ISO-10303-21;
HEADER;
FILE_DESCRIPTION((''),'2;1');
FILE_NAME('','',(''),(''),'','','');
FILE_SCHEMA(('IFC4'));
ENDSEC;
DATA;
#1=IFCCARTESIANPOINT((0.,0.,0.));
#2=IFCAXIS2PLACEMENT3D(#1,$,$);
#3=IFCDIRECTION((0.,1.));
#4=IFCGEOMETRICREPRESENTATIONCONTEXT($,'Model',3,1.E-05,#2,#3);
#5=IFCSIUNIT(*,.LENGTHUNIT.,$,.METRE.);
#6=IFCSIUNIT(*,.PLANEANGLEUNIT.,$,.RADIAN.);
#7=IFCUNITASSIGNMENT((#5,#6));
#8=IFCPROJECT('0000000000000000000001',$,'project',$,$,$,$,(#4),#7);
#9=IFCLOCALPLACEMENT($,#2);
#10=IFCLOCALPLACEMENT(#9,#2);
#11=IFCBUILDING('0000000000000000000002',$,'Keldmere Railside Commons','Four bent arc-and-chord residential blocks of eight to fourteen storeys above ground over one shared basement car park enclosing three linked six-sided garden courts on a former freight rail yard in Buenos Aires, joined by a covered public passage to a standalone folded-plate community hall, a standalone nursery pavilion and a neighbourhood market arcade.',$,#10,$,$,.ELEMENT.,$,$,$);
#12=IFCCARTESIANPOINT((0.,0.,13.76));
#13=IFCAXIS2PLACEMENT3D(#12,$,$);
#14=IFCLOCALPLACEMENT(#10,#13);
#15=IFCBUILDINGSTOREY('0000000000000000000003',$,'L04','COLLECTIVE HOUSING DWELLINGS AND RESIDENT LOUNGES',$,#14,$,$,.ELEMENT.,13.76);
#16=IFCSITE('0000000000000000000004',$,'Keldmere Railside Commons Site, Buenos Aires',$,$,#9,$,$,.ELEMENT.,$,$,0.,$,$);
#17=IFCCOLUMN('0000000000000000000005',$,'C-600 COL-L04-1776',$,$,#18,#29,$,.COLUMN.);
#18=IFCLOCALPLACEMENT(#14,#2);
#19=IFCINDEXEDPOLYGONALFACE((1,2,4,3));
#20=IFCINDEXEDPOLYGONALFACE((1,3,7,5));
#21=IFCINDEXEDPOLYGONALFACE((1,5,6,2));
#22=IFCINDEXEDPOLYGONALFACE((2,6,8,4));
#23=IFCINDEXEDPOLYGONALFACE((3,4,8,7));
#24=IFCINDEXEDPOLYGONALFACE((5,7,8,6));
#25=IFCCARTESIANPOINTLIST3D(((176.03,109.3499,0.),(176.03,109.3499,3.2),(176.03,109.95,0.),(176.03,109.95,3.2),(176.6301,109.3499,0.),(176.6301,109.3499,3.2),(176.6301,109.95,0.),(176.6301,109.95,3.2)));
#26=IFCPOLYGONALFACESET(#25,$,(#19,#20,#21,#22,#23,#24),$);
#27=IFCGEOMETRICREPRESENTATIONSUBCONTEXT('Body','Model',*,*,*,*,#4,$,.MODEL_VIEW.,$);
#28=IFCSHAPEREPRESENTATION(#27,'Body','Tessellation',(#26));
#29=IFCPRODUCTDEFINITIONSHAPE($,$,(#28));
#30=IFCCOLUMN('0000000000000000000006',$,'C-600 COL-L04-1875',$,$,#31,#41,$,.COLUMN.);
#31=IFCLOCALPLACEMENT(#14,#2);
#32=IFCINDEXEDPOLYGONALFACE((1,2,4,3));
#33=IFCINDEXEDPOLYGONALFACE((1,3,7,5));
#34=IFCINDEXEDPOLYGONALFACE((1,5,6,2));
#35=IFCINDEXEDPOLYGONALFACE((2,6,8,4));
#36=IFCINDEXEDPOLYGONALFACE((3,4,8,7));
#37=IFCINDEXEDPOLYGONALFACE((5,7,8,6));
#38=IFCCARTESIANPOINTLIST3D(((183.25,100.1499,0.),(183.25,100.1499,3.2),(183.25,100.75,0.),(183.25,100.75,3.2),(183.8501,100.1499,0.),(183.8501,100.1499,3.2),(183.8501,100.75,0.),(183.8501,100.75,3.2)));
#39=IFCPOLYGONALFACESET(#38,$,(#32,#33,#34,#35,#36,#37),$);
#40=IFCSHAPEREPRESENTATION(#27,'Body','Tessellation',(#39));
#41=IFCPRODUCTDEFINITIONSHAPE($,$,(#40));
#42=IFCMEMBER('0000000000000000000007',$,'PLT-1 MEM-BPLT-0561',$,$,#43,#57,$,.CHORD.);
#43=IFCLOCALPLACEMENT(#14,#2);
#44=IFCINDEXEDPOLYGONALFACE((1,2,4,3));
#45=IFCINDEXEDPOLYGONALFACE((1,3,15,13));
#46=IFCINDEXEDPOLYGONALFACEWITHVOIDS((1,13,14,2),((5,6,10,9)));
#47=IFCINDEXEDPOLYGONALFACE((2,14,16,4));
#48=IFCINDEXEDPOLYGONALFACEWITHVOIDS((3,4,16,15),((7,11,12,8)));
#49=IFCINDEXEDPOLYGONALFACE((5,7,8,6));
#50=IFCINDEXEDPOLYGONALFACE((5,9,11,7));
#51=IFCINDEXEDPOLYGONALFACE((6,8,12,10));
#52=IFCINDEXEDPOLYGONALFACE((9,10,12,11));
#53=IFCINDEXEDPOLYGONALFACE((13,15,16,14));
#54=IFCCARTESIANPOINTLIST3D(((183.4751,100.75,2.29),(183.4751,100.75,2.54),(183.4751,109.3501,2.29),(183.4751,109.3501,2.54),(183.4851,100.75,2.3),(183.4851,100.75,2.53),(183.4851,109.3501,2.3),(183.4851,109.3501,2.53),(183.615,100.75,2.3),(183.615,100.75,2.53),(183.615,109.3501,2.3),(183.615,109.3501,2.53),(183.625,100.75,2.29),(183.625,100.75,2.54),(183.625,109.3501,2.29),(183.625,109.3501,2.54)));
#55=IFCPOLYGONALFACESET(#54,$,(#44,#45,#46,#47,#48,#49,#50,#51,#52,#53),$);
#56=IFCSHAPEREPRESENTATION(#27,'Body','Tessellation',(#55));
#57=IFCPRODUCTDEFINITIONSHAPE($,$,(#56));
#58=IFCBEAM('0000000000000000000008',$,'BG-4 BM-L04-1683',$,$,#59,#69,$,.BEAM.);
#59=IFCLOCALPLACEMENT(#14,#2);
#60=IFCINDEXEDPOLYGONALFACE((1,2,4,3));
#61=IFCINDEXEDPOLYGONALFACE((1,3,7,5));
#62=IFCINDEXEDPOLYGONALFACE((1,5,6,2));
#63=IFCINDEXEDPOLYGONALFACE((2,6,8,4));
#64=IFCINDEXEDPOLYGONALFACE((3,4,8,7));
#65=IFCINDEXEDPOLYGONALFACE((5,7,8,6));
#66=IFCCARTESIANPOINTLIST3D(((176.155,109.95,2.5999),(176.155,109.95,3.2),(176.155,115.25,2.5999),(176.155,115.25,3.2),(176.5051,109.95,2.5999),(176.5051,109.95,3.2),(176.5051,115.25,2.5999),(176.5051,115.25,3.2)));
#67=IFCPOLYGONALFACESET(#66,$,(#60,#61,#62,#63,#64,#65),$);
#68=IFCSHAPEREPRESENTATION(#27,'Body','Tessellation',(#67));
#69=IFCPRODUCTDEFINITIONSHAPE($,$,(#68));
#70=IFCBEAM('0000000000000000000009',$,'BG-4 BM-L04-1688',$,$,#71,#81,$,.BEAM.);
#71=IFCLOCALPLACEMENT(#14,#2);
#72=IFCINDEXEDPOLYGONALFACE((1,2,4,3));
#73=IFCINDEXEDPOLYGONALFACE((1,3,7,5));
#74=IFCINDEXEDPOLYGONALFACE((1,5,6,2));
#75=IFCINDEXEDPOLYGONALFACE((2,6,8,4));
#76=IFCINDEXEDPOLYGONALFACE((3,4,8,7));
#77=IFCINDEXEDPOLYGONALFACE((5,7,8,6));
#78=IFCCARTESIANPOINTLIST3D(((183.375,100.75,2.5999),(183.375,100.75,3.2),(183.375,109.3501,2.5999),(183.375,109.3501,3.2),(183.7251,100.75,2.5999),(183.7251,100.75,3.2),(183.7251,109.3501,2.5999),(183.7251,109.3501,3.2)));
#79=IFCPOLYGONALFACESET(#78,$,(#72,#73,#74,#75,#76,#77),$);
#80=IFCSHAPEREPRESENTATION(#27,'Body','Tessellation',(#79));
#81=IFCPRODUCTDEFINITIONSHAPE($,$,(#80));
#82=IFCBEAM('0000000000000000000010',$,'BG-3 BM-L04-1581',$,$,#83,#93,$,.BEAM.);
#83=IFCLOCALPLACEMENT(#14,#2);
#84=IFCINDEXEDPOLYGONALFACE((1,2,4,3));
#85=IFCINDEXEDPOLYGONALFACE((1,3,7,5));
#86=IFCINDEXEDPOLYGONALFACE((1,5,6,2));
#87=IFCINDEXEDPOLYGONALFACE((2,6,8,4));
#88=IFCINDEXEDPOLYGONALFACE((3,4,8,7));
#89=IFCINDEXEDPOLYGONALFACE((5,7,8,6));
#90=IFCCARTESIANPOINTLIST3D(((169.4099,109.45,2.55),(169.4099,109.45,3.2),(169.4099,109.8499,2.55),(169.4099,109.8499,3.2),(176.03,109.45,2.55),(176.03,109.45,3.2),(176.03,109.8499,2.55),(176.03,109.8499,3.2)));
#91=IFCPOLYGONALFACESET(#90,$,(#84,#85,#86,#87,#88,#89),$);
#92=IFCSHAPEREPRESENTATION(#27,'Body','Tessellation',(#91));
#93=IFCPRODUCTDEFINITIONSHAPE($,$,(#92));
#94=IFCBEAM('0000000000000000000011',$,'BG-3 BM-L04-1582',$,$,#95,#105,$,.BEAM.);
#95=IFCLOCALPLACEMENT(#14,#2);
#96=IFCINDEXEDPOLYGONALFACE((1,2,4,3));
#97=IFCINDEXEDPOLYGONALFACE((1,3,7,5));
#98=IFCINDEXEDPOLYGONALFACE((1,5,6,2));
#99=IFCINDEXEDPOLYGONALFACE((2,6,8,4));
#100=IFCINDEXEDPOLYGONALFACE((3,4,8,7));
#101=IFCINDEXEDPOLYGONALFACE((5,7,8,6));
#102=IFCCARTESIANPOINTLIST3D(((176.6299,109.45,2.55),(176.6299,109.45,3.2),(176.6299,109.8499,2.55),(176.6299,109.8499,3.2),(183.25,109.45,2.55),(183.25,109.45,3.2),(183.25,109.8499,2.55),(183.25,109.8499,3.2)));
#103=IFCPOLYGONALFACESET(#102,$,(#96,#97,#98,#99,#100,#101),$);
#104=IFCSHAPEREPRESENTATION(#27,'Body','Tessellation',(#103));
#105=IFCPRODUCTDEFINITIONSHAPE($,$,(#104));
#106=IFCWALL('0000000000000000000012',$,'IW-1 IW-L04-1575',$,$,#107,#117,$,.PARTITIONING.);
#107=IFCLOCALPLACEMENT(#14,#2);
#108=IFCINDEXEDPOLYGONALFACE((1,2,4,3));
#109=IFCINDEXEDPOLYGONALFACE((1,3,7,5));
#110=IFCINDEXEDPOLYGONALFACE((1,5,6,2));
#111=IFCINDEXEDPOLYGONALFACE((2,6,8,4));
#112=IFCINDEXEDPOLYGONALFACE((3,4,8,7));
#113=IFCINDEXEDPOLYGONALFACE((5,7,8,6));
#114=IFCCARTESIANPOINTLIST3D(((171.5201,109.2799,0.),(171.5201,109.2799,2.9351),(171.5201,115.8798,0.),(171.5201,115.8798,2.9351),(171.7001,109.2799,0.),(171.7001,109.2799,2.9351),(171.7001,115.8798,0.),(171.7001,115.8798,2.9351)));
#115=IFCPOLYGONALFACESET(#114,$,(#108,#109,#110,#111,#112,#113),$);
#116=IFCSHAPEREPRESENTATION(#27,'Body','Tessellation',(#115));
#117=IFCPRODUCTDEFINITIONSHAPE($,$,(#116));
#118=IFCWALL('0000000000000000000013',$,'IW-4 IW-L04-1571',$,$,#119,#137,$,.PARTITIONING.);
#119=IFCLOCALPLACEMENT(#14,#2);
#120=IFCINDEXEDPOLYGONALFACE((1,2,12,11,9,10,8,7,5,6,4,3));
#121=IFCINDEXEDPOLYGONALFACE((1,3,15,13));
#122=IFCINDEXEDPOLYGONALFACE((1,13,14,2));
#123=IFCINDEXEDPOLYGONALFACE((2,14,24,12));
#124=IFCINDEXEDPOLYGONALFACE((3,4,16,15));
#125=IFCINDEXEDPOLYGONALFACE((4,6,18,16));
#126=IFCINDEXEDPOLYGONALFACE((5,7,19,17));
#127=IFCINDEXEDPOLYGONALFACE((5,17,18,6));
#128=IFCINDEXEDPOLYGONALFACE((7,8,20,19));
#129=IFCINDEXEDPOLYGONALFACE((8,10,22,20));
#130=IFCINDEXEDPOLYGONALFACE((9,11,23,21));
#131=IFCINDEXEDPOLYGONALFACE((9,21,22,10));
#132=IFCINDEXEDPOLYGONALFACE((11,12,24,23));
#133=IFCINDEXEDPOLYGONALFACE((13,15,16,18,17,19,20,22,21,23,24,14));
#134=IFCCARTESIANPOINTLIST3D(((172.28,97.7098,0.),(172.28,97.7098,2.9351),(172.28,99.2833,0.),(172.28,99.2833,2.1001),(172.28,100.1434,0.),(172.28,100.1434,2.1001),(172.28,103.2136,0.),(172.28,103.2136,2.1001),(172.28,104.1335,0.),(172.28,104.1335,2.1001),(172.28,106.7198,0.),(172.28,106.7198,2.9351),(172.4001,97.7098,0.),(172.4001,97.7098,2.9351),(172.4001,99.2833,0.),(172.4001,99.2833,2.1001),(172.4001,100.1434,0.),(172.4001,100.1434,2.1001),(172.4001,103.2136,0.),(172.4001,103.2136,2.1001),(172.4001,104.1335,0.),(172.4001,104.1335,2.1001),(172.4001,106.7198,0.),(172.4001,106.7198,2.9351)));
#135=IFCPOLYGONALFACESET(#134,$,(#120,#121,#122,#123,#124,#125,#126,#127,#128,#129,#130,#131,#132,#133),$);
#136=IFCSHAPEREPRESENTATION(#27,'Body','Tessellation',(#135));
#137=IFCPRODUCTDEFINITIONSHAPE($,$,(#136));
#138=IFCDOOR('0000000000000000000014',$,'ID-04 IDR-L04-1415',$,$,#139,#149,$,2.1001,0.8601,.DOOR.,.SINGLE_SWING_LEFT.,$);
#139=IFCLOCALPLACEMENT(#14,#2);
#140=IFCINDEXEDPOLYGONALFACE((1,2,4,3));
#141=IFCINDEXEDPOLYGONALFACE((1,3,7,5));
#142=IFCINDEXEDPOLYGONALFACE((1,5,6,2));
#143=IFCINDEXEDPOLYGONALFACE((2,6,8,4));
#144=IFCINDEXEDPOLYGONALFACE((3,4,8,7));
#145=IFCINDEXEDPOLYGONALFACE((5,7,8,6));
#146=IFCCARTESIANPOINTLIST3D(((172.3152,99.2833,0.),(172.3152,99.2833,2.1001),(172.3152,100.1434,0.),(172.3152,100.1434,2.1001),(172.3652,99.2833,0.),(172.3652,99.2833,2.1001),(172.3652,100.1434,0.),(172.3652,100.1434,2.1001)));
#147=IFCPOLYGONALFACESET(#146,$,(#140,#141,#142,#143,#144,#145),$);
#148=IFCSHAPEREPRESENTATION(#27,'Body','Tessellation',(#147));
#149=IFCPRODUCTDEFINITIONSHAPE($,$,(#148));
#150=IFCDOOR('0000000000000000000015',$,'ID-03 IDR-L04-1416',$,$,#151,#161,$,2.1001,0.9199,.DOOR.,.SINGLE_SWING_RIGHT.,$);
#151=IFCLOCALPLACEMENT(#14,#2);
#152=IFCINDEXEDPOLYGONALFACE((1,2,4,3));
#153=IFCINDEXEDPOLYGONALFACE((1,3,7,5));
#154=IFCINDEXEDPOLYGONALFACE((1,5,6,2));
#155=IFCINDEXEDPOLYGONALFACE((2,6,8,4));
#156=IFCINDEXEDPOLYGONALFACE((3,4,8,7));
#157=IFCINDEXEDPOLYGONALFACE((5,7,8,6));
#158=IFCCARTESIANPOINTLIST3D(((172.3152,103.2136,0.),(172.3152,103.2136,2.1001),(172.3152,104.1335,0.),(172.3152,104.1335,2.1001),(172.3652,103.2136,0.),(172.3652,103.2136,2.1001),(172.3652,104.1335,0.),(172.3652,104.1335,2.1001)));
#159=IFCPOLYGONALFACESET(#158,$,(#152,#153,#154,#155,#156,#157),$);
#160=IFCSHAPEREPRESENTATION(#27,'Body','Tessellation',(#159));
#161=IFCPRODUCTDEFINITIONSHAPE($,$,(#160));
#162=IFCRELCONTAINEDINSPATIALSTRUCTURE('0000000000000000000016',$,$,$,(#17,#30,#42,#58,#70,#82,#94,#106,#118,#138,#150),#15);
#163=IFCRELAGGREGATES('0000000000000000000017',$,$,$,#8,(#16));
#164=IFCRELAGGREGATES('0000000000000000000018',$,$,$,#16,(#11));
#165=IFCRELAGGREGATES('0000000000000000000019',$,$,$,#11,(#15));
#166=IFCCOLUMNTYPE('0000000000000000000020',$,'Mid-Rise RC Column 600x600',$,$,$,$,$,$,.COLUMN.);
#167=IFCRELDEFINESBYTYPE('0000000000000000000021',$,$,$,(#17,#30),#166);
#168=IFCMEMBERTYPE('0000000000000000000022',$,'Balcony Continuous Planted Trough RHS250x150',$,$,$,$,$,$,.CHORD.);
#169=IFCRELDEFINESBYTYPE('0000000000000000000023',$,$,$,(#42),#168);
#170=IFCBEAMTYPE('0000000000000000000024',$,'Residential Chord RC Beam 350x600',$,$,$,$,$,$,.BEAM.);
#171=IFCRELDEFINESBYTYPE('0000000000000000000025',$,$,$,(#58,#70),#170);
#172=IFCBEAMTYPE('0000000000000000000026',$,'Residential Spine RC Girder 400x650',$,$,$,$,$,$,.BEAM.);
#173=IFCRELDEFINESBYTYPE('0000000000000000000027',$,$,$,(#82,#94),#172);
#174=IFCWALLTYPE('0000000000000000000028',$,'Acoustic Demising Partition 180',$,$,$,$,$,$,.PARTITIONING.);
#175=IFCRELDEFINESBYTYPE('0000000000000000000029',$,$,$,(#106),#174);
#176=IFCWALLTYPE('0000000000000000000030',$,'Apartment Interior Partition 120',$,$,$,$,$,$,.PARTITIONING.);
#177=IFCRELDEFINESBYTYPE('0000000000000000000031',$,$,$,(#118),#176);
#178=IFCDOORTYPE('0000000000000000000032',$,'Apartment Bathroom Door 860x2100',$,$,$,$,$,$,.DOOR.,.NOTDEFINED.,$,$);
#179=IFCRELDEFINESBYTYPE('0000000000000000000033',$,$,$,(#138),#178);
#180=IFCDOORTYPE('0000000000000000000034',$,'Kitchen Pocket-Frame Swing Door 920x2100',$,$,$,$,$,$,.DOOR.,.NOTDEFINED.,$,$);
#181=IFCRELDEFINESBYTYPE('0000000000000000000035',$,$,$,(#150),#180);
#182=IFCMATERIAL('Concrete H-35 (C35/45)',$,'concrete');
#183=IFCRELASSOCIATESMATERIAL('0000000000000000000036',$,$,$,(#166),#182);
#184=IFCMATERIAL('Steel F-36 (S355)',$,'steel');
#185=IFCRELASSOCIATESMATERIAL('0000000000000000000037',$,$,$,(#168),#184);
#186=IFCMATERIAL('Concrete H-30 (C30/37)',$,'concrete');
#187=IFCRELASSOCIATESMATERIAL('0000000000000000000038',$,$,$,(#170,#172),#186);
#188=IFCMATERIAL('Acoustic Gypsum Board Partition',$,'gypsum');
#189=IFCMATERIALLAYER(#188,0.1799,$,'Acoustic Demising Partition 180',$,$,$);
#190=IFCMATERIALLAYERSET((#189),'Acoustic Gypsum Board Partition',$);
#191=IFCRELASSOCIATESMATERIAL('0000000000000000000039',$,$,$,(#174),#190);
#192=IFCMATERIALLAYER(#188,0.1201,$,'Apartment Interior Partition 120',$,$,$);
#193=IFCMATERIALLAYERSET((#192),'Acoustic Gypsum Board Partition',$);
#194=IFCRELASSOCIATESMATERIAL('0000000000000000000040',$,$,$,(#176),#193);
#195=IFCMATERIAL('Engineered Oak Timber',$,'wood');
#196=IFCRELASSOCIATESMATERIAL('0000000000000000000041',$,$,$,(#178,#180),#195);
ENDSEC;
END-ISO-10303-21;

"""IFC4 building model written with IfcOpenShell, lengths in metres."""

from ifc_helpers import new_model, si_unit, direction, frame, frame_2d, origin, origin_2d, place, context, subcontext, project, spatial, rectangle, hollow_rectangle, extrude, material, layer, layer_set, material_profile, profile_set, type_object, element, fill, save


model = new_model("IFC4")

# Units and contexts
model_context = context("Model", 3, precision=1e-05, world=origin(), true_north=direction((0.0, 1.0)))
body_context = subcontext(model_context, "Body", "Model", "MODEL_VIEW")
ifc_project = project(units=[si_unit("LENGTHUNIT", "METRE"), si_unit("PLANEANGLEUNIT", "RADIAN")], contexts=[model_context])

# Site, building, storey
site_placement = place(None, origin())
site = spatial("IfcSite", under=ifc_project, at=site_placement, Name="Keldmere Railside Commons Site, Buenos Aires", CompositionType="ELEMENT", RefElevation=0.0)
building_placement = place(site_placement, origin())
building = spatial("IfcBuilding", under=site, at=building_placement, Name="Keldmere Railside Commons", Description="Four bent arc-and-chord residential blocks of eight to fourteen storeys above ground over one shared basement car park enclosing three linked six-sided garden courts on a former freight rail yard in Buenos Aires, joined by a covered public passage to a standalone folded-plate community hall, a standalone nursery pavilion and a neighbourhood market arcade.", CompositionType="ELEMENT")
storey_placement = place(building_placement, frame((0.0, 0.0, 13.76)))
storey = spatial("IfcBuildingStorey", under=building, at=storey_placement, Name="L04", Description="COLLECTIVE HOUSING DWELLINGS AND RESIDENT LOUNGES", CompositionType="ELEMENT", Elevation=13.76)

# Columns
ifc_material_1 = material(Name="Concrete H-35 (C35/45)", Category="concrete")
ifc_material_profile_1 = material_profile(ifc_material_1, rectangle(XDim=0.6001, YDim=0.6001, at=origin_2d()), Name="RC-600x600")
ifc_profile_set_1 = profile_set([ifc_material_profile_1], Name="Concrete H-35 (C35/45)")
column_type = type_object("IfcColumnType", Name="Mid-Rise RC Column 600x600", PredefinedType="COLUMN", material=ifc_profile_set_1)
for number, where, z_axis, x_axis, name in (
    (1, (176.3301, 109.6499, 0.0), (0.0, 0.0, 1.0), (1.0, 0.0, 0.0), "C-600 COL-L04-1776"),
    (2, (183.55, 100.45, 0.0), (0.0, 0.0, 1.0), (1.0, 0.0, 0.0), "C-600 COL-L04-1875"),
):
    element("IfcColumn", number, at=place(storey_placement, frame(where, z_axis=z_axis, x_axis=x_axis)), inside=storey, type_object=column_type, Name=name, PredefinedType="COLUMN", context=body_context, shape_type="SweptSolid", body=[
        extrude(rectangle(XDim=0.6001, YDim=0.6001, at=origin_2d()), origin(), (0.0, 0.0, 1.0), 3.2),
    ])

# Member
ifc_material_2 = material(Name="Steel F-36 (S355)", Category="steel")
ifc_material_profile_2 = material_profile(ifc_material_2, hollow_rectangle(XDim=0.1499, YDim=0.25, WallThickness=0.01, at=origin_2d()), Name="RHS-250x150x10")
ifc_profile_set_2 = profile_set([ifc_material_profile_2], Name="Steel F-36 (S355)")
member_type = type_object("IfcMemberType", Name="Balcony Continuous Planted Trough RHS250x150", PredefinedType="CHORD", material=ifc_profile_set_2)
member_placement = place(storey_placement, frame((183.55, 100.75, 2.415), z_axis=(0.0, 1.0, 0.0), x_axis=(-1.0, 0.0, 0.0)))
element("IfcMember", 3, at=member_placement, inside=storey, type_object=member_type, Name="PLT-1 MEM-BPLT-0561", PredefinedType="CHORD", context=body_context, shape_type="SweptSolid", body=[
    extrude(hollow_rectangle(XDim=0.1499, YDim=0.25, WallThickness=0.01, at=origin_2d()), origin(), (0.0, 0.0, 1.0), 8.6001),
])

# Beams
ifc_material_3 = material(Name="Concrete H-30 (C30/37)", Category="concrete")
ifc_material_profile_3 = material_profile(ifc_material_3, rectangle(XDim=0.3501, YDim=0.6001, at=origin_2d()), Name="RC-350x600")
ifc_profile_set_3 = profile_set([ifc_material_profile_3], Name="Concrete H-30 (C30/37)")
beam_type_1 = type_object("IfcBeamType", Name="Residential Chord RC Beam 350x600", PredefinedType="BEAM", material=ifc_profile_set_3)
beam_1_placement = place(storey_placement, frame((176.3301, 109.95, 2.8999), z_axis=(0.0, 1.0, 0.0), x_axis=(-1.0, 0.0, 0.0)))
element("IfcBeam", 4, at=beam_1_placement, inside=storey, type_object=beam_type_1, Name="BG-4 BM-L04-1683", PredefinedType="BEAM", context=body_context, shape_type="SweptSolid", body=[
    extrude(rectangle(XDim=0.3501, YDim=0.6001, at=origin_2d()), origin(), (0.0, 0.0, 1.0), 5.3),
])
beam_2_placement = place(storey_placement, frame((183.55, 100.75, 2.8999), z_axis=(0.0, 1.0, 0.0), x_axis=(-1.0, 0.0, 0.0)))
element("IfcBeam", 5, at=beam_2_placement, inside=storey, type_object=beam_type_1, Name="BG-4 BM-L04-1688", PredefinedType="BEAM", context=body_context, shape_type="SweptSolid", body=[
    extrude(rectangle(XDim=0.3501, YDim=0.6001, at=origin_2d()), origin(), (0.0, 0.0, 1.0), 8.6001),
])
ifc_material_profile_4 = material_profile(ifc_material_3, rectangle(XDim=0.3999, YDim=0.6499, at=origin_2d()), Name="RC-400x650")
ifc_profile_set_4 = profile_set([ifc_material_profile_4], Name="Concrete H-30 (C30/37)")
beam_type_2 = type_object("IfcBeamType", Name="Residential Spine RC Girder 400x650", PredefinedType="BEAM", material=ifc_profile_set_4)
for number, where, z_axis, x_axis, name in (
    (6, (169.4099, 109.6499, 2.875), (1.0, 0.0, 0.0), (0.0, 1.0, 0.0), "BG-3 BM-L04-1581"),
    (7, (176.6299, 109.6499, 2.875), (1.0, 0.0, 0.0), (0.0, 1.0, 0.0), "BG-3 BM-L04-1582"),
):
    element("IfcBeam", number, at=place(storey_placement, frame(where, z_axis=z_axis, x_axis=x_axis)), inside=storey, type_object=beam_type_2, Name=name, PredefinedType="BEAM", context=body_context, shape_type="SweptSolid", body=[
        extrude(rectangle(XDim=0.3999, YDim=0.6499, at=origin_2d()), origin(), (0.0, 0.0, 1.0), 6.6201),
    ])

# Wall
ifc_material_4 = material(Name="Acoustic Gypsum Board Partition", Category="gypsum")
ifc_layer_1 = layer(ifc_material_4, 0.1799, Name="Acoustic Demising Partition 180")
ifc_layer_set_1 = layer_set([ifc_layer_1], Name="Acoustic Gypsum Board Partition")
wall_type_1 = type_object("IfcWallType", Name="Acoustic Demising Partition 180", PredefinedType="PARTITIONING", material=ifc_layer_set_1)
wall_1_placement = place(storey_placement, frame((171.6101, 109.28, 0.0), z_axis=(0.0, 0.0, 1.0), x_axis=(0.0, 1.0, 0.0)))
element("IfcWall", 8, at=wall_1_placement, inside=storey, type_object=wall_type_1, Name="IW-1 IW-L04-1575", PredefinedType="PARTITIONING", context=body_context, shape_type="SweptSolid", body=[
    extrude(rectangle(XDim=6.5999, YDim=0.1799, at=frame_2d((3.2998, 0.0))), origin(), (0.0, 0.0, 1.0), 2.9351),
])

# Wall, openings, doors
ifc_layer_2 = layer(ifc_material_4, 0.1201, Name="Apartment Interior Partition 120")
ifc_layer_set_2 = layer_set([ifc_layer_2], Name="Acoustic Gypsum Board Partition")
wall_type_2 = type_object("IfcWallType", Name="Apartment Interior Partition 120", PredefinedType="PARTITIONING", material=ifc_layer_set_2)
wall_2_placement = place(storey_placement, frame((172.3401, 97.71, 0.0), z_axis=(0.0, 0.0, 1.0), x_axis=(0.0, 1.0, 0.0)))
wall_2 = element("IfcWall", 9, at=wall_2_placement, inside=storey, type_object=wall_type_2, Name="IW-4 IW-L04-1571", PredefinedType="PARTITIONING", context=body_context, shape_type="SweptSolid", body=[
    extrude(rectangle(XDim=9.01, YDim=0.1201, at=frame_2d((4.5049, 0.0))), origin(), (0.0, 0.0, 1.0), 2.9351),
])
opening_1_placement = place(wall_2_placement, frame((1.5732, 0.0, 0.0)))
opening_1 = element("IfcOpeningElement", 10, at=opening_1_placement, cuts=wall_2, PredefinedType="OPENING", context=body_context, shape_type="SweptSolid", body=[
    extrude(rectangle(XDim=0.8601, YDim=2.1001, at=frame_2d((0.4302, 1.05))), frame((0.0, 0.0701, 0.0), z_axis=(0.0, -1.0, 0.0), x_axis=(1.0, 0.0, 0.0)), (0.0, 0.0, 1.0), 0.1401),
])
opening_2_placement = place(wall_2_placement, frame((5.5037, 0.0, 0.0)))
opening_2 = element("IfcOpeningElement", 11, at=opening_2_placement, cuts=wall_2, PredefinedType="OPENING", context=body_context, shape_type="SweptSolid", body=[
    extrude(rectangle(XDim=0.9199, YDim=2.1001, at=frame_2d((0.46, 1.05))), frame((0.0, 0.0701, 0.0), z_axis=(0.0, -1.0, 0.0), x_axis=(1.0, 0.0, 0.0)), (0.0, 0.0, 1.0), 0.1401),
])
ifc_material_5 = material(Name="Engineered Oak Timber", Category="wood")
door_type_1 = type_object("IfcDoorType", Name="Apartment Bathroom Door 860x2100", OperationType="NOTDEFINED", PredefinedType="DOOR", material=ifc_material_5)
door_1_placement = place(opening_1_placement, origin())
door_1 = element("IfcDoor", 12, at=door_1_placement, inside=storey, type_object=door_type_1, Name="ID-04 IDR-L04-1415", OperationType="SINGLE_SWING_LEFT", OverallHeight=2.1001, OverallWidth=0.8601, PredefinedType="DOOR", context=body_context, shape_type="SweptSolid", body=[
    extrude(rectangle(XDim=0.8601, YDim=2.1001, at=frame_2d((0.4302, 1.05))), frame((0.0, 0.0249, 0.0), z_axis=(0.0, -1.0, 0.0), x_axis=(1.0, 0.0, 0.0)), (0.0, 0.0, 1.0), 0.05),
])
fill(opening_1, door_1)
door_type_2 = type_object("IfcDoorType", Name="Kitchen Pocket-Frame Swing Door 920x2100", OperationType="NOTDEFINED", PredefinedType="DOOR", material=ifc_material_5)
door_2_placement = place(opening_2_placement, origin())
door_2 = element("IfcDoor", 13, at=door_2_placement, inside=storey, type_object=door_type_2, Name="ID-03 IDR-L04-1416", OperationType="SINGLE_SWING_RIGHT", OverallHeight=2.1001, OverallWidth=0.9199, PredefinedType="DOOR", context=body_context, shape_type="SweptSolid", body=[
    extrude(rectangle(XDim=0.9199, YDim=2.1001, at=frame_2d((0.46, 1.05))), frame((0.0, 0.0249, 0.0), z_axis=(0.0, -1.0, 0.0), x_axis=(1.0, 0.0, 0.0)), (0.0, 0.0, 1.0), 0.05),
])
fill(opening_2, door_2)

save(model, "model.ifc")
